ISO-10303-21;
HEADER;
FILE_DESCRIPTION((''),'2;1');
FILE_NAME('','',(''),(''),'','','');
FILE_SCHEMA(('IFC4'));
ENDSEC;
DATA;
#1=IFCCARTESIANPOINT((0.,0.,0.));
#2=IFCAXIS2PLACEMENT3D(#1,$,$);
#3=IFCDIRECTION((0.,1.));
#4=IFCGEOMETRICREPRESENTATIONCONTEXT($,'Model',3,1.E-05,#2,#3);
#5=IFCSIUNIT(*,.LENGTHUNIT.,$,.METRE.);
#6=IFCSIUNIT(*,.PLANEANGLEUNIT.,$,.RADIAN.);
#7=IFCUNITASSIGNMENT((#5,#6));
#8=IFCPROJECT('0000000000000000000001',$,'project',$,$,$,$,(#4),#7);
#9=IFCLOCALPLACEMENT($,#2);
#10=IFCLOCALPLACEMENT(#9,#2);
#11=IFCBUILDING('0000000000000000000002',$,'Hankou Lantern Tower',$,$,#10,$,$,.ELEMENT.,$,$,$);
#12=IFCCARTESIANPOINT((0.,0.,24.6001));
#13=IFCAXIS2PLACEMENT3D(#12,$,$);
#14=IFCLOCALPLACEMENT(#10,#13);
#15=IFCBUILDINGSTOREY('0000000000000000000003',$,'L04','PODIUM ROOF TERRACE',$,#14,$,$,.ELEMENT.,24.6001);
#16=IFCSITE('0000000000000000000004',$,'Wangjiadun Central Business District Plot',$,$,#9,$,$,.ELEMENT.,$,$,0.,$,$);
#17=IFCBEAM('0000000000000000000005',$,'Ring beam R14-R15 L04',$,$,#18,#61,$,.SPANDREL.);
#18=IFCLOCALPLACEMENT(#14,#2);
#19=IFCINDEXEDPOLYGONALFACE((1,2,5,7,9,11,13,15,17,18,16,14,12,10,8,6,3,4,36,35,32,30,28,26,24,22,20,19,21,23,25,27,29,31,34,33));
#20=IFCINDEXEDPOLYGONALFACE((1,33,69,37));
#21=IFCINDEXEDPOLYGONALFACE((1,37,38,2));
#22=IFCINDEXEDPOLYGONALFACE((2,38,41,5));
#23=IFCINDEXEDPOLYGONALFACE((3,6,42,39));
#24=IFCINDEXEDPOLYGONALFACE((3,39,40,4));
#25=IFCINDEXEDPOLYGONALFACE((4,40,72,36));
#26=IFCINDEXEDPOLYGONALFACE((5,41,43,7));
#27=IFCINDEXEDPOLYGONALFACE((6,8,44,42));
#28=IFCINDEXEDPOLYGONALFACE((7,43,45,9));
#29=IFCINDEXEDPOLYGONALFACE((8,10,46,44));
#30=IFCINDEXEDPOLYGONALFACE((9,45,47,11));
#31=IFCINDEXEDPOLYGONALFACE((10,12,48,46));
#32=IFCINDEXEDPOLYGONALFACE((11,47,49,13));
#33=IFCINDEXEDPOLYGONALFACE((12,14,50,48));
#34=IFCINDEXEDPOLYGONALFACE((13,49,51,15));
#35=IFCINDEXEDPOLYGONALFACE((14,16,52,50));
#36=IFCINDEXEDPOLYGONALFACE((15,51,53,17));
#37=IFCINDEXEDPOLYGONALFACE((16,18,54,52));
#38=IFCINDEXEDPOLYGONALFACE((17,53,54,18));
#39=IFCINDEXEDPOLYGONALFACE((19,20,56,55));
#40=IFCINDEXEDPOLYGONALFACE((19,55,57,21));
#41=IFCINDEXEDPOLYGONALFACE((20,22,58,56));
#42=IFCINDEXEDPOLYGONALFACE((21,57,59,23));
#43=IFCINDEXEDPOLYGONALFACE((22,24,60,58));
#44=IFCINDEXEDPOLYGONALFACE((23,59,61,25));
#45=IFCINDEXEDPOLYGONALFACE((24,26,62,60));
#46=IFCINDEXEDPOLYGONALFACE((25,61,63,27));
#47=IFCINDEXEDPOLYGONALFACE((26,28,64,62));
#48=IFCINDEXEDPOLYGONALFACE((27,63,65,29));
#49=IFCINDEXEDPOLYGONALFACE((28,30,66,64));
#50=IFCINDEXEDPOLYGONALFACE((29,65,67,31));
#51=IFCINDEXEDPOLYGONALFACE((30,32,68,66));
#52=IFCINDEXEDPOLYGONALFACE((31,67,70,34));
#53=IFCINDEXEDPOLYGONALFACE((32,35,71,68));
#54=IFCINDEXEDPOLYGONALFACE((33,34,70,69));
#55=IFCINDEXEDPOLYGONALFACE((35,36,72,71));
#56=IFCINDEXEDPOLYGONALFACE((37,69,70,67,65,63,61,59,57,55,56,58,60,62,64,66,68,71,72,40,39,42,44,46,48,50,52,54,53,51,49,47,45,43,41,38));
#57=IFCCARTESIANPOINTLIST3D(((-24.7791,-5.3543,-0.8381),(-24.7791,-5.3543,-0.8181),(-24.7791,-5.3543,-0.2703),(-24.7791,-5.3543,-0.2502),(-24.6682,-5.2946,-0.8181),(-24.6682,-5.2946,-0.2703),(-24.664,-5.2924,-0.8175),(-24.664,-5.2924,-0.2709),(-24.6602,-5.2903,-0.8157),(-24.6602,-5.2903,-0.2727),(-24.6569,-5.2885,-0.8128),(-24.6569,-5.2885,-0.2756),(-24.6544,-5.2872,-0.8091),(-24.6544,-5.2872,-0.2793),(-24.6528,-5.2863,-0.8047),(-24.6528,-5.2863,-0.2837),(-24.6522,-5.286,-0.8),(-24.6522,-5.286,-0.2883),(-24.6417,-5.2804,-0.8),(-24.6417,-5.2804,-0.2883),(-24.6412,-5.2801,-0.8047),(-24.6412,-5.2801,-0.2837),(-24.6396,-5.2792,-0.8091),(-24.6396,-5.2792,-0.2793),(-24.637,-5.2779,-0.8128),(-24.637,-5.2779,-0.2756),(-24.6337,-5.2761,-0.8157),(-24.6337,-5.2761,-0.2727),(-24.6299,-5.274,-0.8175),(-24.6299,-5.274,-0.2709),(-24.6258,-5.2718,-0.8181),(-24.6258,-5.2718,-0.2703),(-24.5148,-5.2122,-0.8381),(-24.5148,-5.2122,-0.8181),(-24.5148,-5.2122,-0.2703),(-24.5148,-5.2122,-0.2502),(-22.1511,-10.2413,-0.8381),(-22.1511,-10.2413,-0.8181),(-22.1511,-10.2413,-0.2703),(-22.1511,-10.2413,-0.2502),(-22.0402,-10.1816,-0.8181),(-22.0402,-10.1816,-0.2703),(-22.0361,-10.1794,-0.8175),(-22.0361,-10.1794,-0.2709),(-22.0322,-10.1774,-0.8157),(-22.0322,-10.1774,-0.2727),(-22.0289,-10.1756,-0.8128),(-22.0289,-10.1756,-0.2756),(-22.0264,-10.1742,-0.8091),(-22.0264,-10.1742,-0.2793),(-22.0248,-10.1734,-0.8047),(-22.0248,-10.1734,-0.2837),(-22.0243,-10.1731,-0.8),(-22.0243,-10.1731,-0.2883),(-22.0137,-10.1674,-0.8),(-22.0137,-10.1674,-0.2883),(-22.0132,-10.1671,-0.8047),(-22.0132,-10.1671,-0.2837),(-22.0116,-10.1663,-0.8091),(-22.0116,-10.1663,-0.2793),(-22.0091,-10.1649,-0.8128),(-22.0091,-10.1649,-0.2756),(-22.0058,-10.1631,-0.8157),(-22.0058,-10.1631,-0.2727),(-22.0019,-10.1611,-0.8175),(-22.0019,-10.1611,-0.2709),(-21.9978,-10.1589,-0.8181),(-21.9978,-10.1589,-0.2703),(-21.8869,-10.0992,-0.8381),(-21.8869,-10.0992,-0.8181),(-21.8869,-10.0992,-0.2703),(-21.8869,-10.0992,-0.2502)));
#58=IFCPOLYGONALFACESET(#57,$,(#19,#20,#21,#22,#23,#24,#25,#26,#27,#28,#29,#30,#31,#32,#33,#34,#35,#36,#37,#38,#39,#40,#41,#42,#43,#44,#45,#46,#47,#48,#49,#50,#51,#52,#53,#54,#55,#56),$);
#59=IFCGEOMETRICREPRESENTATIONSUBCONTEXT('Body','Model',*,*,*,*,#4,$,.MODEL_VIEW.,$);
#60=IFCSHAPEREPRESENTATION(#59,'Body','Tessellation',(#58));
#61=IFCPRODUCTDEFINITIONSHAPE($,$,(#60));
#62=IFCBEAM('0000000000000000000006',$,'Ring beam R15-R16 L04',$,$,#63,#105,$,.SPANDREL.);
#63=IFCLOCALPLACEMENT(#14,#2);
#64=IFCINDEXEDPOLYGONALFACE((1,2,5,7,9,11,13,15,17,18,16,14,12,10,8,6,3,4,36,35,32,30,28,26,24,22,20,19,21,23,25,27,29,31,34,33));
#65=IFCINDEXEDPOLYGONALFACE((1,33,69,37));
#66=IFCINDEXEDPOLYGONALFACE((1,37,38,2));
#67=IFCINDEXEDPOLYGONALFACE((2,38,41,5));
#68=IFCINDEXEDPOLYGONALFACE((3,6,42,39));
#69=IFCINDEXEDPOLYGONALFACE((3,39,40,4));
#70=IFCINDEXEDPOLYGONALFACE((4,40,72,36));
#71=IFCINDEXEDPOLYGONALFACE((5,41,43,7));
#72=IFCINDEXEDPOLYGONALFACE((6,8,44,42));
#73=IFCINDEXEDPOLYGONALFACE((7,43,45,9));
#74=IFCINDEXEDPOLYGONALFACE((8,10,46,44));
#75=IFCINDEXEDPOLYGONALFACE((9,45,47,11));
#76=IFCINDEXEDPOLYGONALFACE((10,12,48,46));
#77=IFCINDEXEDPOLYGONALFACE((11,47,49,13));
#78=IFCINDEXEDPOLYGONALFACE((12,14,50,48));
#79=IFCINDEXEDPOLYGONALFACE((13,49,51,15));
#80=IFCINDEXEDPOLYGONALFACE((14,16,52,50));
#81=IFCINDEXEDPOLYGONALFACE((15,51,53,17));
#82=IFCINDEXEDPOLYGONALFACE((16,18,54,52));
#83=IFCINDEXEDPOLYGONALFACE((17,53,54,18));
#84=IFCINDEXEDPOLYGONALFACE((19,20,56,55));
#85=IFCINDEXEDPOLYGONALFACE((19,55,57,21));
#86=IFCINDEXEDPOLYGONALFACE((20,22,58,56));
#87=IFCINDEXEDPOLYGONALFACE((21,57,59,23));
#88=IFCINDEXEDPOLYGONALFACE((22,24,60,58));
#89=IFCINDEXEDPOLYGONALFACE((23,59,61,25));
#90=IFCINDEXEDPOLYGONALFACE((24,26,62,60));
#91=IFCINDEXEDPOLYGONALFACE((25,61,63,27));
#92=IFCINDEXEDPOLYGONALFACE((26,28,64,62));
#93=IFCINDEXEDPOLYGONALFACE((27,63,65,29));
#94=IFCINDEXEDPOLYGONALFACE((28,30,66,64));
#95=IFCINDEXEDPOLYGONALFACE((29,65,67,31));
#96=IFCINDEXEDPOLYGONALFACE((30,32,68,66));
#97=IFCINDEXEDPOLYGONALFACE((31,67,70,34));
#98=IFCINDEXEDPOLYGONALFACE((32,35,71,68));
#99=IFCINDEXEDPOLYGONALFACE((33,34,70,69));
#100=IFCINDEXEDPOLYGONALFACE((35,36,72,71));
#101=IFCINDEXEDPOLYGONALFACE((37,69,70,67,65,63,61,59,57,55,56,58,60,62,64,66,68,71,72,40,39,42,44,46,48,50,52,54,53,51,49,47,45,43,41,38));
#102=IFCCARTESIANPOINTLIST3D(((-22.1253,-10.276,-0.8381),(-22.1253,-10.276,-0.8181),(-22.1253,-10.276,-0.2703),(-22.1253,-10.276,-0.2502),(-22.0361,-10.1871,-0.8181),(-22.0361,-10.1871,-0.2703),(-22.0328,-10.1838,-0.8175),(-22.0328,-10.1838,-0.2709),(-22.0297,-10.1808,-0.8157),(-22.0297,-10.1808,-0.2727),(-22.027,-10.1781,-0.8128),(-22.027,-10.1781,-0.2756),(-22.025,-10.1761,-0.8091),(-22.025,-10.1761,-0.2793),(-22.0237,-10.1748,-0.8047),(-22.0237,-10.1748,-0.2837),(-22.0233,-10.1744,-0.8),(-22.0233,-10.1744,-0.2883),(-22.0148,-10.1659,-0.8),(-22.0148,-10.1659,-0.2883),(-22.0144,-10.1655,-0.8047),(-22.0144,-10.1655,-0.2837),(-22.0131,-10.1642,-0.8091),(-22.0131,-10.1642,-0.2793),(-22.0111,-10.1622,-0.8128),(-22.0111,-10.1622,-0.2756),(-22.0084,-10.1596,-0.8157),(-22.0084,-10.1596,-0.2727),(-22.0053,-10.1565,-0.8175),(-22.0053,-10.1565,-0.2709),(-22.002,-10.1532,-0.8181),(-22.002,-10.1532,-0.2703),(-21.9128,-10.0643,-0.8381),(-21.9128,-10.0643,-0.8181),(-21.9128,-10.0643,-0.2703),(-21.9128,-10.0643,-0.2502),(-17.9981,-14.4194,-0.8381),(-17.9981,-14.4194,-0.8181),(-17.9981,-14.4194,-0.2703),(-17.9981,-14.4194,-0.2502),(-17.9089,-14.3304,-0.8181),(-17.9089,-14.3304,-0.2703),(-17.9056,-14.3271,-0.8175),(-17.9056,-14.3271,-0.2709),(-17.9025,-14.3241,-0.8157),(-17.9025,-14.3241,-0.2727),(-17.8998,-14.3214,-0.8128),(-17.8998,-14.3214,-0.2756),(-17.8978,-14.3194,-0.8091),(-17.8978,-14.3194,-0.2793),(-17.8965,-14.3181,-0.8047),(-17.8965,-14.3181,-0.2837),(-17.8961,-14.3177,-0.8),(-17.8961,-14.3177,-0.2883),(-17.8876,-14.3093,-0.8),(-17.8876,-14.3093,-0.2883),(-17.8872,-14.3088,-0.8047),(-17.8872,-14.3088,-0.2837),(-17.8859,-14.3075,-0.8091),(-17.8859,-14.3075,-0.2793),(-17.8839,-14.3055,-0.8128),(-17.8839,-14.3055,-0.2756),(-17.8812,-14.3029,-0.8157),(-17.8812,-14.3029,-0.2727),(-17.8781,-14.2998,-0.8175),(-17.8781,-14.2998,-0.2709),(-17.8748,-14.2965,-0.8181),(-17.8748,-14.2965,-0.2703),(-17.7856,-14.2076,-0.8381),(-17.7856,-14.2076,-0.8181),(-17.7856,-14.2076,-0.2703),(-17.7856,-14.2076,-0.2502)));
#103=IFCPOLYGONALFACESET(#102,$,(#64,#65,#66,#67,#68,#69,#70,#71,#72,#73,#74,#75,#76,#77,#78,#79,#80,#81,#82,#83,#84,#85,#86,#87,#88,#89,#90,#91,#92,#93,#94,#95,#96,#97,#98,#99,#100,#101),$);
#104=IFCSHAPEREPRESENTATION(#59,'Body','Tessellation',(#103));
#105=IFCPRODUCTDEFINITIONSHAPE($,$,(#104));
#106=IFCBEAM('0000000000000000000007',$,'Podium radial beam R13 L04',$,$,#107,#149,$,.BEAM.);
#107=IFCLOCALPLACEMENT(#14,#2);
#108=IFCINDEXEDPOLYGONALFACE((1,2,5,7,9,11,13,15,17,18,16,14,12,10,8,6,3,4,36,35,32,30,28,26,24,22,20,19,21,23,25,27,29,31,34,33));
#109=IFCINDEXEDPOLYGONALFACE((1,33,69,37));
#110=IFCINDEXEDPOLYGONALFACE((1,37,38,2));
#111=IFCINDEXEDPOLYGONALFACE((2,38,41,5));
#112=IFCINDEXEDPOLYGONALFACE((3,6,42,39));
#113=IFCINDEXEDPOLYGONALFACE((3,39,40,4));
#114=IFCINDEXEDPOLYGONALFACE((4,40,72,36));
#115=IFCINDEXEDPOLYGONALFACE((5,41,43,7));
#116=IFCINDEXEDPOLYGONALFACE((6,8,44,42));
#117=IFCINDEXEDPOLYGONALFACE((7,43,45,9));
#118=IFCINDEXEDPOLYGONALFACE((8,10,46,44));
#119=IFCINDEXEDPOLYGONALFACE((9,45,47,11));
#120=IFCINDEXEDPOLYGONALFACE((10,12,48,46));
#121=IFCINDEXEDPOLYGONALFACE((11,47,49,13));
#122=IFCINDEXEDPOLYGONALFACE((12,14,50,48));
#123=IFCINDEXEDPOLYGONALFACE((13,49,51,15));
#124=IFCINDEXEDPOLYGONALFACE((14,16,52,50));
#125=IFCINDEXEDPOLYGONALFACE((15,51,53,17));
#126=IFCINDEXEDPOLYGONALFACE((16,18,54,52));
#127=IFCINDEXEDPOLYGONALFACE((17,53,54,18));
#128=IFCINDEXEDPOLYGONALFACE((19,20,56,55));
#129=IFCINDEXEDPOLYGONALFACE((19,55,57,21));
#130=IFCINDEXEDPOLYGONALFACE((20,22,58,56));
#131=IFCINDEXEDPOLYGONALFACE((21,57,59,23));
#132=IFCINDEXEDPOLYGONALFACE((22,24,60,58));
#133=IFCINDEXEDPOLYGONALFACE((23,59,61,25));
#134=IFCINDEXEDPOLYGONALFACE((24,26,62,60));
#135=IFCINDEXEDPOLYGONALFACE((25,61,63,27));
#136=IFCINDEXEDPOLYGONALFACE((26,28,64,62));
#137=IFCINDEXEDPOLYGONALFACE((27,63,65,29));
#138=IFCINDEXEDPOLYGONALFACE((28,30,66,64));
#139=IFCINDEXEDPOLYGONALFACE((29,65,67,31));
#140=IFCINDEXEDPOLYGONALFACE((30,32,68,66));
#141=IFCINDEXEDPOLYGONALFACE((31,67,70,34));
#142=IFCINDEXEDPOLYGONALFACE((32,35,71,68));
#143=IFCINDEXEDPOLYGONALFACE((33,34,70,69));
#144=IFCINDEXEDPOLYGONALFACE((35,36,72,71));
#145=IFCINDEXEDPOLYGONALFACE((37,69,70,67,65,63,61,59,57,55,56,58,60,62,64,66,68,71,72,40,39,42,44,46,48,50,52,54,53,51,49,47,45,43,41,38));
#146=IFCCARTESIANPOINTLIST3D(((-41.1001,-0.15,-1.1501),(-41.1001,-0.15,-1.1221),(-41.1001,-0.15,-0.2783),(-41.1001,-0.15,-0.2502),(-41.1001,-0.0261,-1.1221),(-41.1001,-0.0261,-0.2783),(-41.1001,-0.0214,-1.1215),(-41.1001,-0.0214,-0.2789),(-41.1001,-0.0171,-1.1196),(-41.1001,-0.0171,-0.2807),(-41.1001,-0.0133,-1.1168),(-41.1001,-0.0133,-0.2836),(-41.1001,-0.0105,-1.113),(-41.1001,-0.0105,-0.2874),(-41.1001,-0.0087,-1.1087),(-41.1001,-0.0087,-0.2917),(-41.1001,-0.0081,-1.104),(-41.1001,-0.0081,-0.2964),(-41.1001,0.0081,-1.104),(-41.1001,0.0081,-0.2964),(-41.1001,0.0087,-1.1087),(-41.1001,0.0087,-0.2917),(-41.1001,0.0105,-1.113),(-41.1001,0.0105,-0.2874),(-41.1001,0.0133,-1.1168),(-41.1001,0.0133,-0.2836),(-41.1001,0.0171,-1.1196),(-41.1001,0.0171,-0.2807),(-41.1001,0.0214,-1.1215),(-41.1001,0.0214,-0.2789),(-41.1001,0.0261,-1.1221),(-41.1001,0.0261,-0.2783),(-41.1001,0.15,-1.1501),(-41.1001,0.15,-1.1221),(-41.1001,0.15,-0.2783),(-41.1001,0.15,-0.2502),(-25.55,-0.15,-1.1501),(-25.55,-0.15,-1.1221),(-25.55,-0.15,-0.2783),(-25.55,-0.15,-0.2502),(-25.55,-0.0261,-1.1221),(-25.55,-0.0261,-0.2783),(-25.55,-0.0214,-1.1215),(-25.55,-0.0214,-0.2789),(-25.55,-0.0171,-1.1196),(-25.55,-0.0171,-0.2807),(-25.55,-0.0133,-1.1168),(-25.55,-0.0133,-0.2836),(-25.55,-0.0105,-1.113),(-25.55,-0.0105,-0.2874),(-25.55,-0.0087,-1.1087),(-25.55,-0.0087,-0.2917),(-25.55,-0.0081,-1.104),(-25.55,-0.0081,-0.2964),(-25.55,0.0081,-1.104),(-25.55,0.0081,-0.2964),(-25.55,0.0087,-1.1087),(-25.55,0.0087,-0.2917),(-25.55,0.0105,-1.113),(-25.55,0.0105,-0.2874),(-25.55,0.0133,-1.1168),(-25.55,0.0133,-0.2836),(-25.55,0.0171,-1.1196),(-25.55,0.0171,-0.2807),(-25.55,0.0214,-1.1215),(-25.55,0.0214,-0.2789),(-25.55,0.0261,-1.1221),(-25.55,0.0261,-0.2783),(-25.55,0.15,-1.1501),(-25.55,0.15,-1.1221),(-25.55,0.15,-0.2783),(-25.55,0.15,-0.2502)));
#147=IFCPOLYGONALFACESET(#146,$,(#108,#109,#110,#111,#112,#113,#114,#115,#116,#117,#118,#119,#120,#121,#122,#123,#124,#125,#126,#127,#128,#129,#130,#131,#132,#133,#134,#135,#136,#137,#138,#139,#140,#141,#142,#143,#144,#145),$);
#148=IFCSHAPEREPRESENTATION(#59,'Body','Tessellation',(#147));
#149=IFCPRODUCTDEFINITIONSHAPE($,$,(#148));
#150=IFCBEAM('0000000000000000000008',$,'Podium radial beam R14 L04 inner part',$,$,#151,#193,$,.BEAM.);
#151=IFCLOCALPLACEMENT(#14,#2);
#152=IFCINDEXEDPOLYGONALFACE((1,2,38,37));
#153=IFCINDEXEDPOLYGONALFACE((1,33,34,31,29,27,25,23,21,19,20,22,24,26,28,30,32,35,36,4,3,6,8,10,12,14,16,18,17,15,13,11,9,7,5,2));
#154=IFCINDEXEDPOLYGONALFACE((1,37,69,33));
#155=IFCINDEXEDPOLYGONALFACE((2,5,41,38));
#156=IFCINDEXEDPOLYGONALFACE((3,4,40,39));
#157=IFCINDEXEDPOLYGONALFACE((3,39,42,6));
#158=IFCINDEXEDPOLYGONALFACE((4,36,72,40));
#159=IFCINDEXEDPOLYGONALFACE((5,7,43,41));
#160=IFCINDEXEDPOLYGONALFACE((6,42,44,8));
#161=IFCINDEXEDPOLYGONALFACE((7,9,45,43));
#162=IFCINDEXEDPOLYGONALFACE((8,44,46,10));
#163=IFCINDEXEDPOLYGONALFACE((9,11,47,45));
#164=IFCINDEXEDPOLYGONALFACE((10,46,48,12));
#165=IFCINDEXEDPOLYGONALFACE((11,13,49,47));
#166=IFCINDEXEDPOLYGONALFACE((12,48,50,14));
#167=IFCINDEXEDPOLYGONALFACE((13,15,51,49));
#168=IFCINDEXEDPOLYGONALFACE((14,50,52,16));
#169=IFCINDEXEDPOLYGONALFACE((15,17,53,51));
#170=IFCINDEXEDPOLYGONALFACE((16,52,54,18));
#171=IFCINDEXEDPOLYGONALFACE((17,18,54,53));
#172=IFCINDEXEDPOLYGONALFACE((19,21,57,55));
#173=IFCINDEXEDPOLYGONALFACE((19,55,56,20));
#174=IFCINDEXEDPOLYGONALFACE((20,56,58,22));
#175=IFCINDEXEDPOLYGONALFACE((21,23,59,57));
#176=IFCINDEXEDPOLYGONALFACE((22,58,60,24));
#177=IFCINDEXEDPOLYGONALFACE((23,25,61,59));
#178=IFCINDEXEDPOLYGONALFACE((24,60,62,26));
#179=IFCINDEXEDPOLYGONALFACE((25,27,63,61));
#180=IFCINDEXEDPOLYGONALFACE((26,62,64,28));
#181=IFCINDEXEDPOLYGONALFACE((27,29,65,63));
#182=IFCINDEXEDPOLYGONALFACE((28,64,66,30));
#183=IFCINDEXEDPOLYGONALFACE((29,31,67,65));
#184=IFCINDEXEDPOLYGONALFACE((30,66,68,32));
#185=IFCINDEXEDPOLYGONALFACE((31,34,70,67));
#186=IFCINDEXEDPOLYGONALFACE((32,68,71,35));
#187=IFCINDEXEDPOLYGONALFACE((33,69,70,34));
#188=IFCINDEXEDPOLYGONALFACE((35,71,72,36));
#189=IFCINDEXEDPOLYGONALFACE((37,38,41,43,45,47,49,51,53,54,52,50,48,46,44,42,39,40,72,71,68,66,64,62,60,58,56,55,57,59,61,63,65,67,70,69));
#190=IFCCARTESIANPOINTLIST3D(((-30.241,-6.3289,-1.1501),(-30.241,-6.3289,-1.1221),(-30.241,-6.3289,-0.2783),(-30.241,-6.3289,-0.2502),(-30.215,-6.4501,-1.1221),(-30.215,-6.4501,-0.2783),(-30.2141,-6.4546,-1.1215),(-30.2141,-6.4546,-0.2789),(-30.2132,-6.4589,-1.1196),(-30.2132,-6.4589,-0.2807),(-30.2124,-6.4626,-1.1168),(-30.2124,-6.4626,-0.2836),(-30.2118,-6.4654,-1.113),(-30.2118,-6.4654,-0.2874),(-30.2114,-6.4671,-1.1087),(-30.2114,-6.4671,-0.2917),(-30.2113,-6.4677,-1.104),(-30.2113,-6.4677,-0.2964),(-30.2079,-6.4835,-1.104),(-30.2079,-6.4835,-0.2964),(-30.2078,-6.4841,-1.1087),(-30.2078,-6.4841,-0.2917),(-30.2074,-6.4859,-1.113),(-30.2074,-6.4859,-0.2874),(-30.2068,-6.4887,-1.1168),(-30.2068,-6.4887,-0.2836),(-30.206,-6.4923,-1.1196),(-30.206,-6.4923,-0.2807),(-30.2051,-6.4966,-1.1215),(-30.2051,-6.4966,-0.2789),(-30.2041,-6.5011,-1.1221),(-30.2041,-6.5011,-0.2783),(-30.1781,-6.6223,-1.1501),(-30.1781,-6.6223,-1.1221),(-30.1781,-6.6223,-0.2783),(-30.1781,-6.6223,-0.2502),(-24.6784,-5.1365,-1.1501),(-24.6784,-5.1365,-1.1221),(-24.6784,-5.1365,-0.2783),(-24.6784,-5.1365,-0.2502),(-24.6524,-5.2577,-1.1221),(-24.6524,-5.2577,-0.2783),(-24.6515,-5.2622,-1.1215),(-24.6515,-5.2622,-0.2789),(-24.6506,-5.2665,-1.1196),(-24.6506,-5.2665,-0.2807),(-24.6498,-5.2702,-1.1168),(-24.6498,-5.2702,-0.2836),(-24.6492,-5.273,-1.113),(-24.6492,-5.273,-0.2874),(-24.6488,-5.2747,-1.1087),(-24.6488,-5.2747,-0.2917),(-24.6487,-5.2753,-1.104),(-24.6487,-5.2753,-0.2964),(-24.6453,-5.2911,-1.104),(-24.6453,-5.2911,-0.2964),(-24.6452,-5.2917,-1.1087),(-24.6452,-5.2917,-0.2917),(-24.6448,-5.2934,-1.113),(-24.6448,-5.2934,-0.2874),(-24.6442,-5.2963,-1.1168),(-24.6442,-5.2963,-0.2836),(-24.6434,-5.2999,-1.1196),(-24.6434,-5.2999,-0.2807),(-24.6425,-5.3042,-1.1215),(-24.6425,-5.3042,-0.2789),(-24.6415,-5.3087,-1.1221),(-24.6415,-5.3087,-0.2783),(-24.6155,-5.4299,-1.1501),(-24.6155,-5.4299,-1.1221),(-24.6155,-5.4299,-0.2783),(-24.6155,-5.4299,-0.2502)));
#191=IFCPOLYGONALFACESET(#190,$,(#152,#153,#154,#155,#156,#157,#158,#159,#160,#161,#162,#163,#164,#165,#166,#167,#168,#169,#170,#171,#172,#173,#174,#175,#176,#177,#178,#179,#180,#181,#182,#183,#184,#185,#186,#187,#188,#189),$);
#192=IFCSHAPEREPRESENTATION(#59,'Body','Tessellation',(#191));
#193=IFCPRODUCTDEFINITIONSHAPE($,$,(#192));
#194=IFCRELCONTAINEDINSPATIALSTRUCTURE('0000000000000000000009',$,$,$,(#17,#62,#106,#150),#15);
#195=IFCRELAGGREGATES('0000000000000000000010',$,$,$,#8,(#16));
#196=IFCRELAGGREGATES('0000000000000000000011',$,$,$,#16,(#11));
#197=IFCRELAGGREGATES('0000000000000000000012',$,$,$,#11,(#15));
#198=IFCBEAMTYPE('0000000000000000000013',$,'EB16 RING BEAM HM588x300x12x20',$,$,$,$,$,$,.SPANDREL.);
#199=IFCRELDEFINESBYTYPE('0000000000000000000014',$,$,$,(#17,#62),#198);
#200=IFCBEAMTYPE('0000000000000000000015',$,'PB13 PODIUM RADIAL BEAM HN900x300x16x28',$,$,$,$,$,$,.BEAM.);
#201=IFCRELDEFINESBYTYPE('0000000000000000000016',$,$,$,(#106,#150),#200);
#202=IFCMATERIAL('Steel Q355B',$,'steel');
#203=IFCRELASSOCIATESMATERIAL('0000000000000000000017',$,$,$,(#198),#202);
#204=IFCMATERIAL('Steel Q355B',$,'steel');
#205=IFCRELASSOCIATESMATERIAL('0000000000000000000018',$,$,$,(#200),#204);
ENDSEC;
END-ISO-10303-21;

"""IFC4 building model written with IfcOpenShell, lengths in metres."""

from ifc_helpers import new_model, si_unit, direction, frame, origin, origin_2d, place, context, subcontext, project, spatial, i_section, extrude, material, material_profile, profile_set, type_object, element, save


model = new_model("IFC4")

# Units and contexts
model_context = context("Model", 3, precision=1e-05, world=origin(), true_north=direction((0.0, 1.0)))
body_context = subcontext(model_context, "Body", "Model", "MODEL_VIEW")
ifc_project = project(units=[si_unit("LENGTHUNIT", "METRE"), si_unit("PLANEANGLEUNIT", "RADIAN")], contexts=[model_context])

# Site, building, storey
site_placement = place(None, origin())
site = spatial("IfcSite", under=ifc_project, at=site_placement, Name="Wangjiadun Central Business District Plot", CompositionType="ELEMENT", RefElevation=0.0)
building_placement = place(site_placement, origin())
building = spatial("IfcBuilding", under=site, at=building_placement, Name="Hankou Lantern Tower", CompositionType="ELEMENT")
storey_placement = place(building_placement, frame((0.0, 0.0, 24.6001)))
storey = spatial("IfcBuildingStorey", under=building, at=storey_placement, Name="L04", Description="PODIUM ROOF TERRACE", CompositionType="ELEMENT", Elevation=24.6001)

# Beams
ifc_material_1 = material(Name="Steel Q355B", Category="steel")
ifc_material_profile_1 = material_profile(ifc_material_1, i_section(OverallWidth=0.3, OverallDepth=0.5879, WebThickness=0.012, FlangeThickness=0.02, FilletRadius=0.0181, at=origin_2d()), Name="HM588x300x12x20")
ifc_profile_set_1 = profile_set([ifc_material_profile_1], Name="Steel Q355B")
beam_type_1 = type_object("IfcBeamType", Name="EB16 RING BEAM HM588x300x12x20", PredefinedType="SPANDREL", material=ifc_profile_set_1)
beam_1_placement = place(storey_placement, frame((-24.647, -5.2832, -0.5442), z_axis=(0.473609, -0.880735, 0.0), x_axis=(0.880735, 0.473609, 0.0)))
element("IfcBeam", 1, at=beam_1_placement, inside=storey, type_object=beam_type_1, Name="Ring beam R14-R15 L04", PredefinedType="SPANDREL", context=body_context, shape_type="SweptSolid", body=[
    extrude(i_section(OverallWidth=0.3, OverallDepth=0.5879, WebThickness=0.012, FlangeThickness=0.02, FilletRadius=0.0181, at=origin_2d()), origin(), (0.0, 0.0, 1.0), 5.5488),
])
beam_2_placement = place(storey_placement, frame((-22.019, -10.1702, -0.5442), z_axis=(0.705728, -0.708483, 0.0), x_axis=(0.708483, 0.705728, 0.0)))
element("IfcBeam", 2, at=beam_2_placement, inside=storey, type_object=beam_type_1, Name="Ring beam R15-R16 L04", PredefinedType="SPANDREL", context=body_context, shape_type="SweptSolid", body=[
    extrude(i_section(OverallWidth=0.3, OverallDepth=0.5879, WebThickness=0.012, FlangeThickness=0.02, FilletRadius=0.0181, at=origin_2d()), origin(), (0.0, 0.0, 1.0), 5.8481),
])
ifc_material_2 = material(Name="Steel Q355B", Category="steel")
ifc_material_profile_2 = material_profile(ifc_material_2, i_section(OverallWidth=0.3, OverallDepth=0.8999, WebThickness=0.0161, FlangeThickness=0.0281, FilletRadius=0.0181, at=origin_2d()), Name="HN900x300x16x28")
ifc_profile_set_2 = profile_set([ifc_material_profile_2], Name="Steel Q355B")
beam_type_2 = type_object("IfcBeamType", Name="PB13 PODIUM RADIAL BEAM HN900x300x16x28", PredefinedType="BEAM", material=ifc_profile_set_2)
beam_3_placement = place(storey_placement, frame((-25.55, 0.0, -0.7002), z_axis=(-1.0, 0.0, 0.0), x_axis=(0.0, -1.0, 0.0)))
element("IfcBeam", 3, at=beam_3_placement, inside=storey, type_object=beam_type_2, Name="Podium radial beam R13 L04", PredefinedType="BEAM", context=body_context, shape_type="SweptSolid", body=[
    extrude(i_section(OverallWidth=0.3, OverallDepth=0.8999, WebThickness=0.0161, FlangeThickness=0.0281, FilletRadius=0.0181, at=origin_2d()), origin(), (0.0, 0.0, 1.0), 15.55),
])
beam_4_placement = place(storey_placement, frame((-24.647, -5.2832, -0.7002), z_axis=(-0.977787, -0.209599, 0.0), x_axis=(0.209599, -0.977787, 0.0)))
element("IfcBeam", 4, at=beam_4_placement, inside=storey, type_object=beam_type_2, Name="Podium radial beam R14 L04 inner part", PredefinedType="BEAM", context=body_context, shape_type="SweptSolid", body=[
    extrude(i_section(OverallWidth=0.3, OverallDepth=0.8999, WebThickness=0.0161, FlangeThickness=0.0281, FilletRadius=0.0181, at=origin_2d()), origin(), (0.0, 0.0, 1.0), 5.689),
])

save(model, "model.ifc")
